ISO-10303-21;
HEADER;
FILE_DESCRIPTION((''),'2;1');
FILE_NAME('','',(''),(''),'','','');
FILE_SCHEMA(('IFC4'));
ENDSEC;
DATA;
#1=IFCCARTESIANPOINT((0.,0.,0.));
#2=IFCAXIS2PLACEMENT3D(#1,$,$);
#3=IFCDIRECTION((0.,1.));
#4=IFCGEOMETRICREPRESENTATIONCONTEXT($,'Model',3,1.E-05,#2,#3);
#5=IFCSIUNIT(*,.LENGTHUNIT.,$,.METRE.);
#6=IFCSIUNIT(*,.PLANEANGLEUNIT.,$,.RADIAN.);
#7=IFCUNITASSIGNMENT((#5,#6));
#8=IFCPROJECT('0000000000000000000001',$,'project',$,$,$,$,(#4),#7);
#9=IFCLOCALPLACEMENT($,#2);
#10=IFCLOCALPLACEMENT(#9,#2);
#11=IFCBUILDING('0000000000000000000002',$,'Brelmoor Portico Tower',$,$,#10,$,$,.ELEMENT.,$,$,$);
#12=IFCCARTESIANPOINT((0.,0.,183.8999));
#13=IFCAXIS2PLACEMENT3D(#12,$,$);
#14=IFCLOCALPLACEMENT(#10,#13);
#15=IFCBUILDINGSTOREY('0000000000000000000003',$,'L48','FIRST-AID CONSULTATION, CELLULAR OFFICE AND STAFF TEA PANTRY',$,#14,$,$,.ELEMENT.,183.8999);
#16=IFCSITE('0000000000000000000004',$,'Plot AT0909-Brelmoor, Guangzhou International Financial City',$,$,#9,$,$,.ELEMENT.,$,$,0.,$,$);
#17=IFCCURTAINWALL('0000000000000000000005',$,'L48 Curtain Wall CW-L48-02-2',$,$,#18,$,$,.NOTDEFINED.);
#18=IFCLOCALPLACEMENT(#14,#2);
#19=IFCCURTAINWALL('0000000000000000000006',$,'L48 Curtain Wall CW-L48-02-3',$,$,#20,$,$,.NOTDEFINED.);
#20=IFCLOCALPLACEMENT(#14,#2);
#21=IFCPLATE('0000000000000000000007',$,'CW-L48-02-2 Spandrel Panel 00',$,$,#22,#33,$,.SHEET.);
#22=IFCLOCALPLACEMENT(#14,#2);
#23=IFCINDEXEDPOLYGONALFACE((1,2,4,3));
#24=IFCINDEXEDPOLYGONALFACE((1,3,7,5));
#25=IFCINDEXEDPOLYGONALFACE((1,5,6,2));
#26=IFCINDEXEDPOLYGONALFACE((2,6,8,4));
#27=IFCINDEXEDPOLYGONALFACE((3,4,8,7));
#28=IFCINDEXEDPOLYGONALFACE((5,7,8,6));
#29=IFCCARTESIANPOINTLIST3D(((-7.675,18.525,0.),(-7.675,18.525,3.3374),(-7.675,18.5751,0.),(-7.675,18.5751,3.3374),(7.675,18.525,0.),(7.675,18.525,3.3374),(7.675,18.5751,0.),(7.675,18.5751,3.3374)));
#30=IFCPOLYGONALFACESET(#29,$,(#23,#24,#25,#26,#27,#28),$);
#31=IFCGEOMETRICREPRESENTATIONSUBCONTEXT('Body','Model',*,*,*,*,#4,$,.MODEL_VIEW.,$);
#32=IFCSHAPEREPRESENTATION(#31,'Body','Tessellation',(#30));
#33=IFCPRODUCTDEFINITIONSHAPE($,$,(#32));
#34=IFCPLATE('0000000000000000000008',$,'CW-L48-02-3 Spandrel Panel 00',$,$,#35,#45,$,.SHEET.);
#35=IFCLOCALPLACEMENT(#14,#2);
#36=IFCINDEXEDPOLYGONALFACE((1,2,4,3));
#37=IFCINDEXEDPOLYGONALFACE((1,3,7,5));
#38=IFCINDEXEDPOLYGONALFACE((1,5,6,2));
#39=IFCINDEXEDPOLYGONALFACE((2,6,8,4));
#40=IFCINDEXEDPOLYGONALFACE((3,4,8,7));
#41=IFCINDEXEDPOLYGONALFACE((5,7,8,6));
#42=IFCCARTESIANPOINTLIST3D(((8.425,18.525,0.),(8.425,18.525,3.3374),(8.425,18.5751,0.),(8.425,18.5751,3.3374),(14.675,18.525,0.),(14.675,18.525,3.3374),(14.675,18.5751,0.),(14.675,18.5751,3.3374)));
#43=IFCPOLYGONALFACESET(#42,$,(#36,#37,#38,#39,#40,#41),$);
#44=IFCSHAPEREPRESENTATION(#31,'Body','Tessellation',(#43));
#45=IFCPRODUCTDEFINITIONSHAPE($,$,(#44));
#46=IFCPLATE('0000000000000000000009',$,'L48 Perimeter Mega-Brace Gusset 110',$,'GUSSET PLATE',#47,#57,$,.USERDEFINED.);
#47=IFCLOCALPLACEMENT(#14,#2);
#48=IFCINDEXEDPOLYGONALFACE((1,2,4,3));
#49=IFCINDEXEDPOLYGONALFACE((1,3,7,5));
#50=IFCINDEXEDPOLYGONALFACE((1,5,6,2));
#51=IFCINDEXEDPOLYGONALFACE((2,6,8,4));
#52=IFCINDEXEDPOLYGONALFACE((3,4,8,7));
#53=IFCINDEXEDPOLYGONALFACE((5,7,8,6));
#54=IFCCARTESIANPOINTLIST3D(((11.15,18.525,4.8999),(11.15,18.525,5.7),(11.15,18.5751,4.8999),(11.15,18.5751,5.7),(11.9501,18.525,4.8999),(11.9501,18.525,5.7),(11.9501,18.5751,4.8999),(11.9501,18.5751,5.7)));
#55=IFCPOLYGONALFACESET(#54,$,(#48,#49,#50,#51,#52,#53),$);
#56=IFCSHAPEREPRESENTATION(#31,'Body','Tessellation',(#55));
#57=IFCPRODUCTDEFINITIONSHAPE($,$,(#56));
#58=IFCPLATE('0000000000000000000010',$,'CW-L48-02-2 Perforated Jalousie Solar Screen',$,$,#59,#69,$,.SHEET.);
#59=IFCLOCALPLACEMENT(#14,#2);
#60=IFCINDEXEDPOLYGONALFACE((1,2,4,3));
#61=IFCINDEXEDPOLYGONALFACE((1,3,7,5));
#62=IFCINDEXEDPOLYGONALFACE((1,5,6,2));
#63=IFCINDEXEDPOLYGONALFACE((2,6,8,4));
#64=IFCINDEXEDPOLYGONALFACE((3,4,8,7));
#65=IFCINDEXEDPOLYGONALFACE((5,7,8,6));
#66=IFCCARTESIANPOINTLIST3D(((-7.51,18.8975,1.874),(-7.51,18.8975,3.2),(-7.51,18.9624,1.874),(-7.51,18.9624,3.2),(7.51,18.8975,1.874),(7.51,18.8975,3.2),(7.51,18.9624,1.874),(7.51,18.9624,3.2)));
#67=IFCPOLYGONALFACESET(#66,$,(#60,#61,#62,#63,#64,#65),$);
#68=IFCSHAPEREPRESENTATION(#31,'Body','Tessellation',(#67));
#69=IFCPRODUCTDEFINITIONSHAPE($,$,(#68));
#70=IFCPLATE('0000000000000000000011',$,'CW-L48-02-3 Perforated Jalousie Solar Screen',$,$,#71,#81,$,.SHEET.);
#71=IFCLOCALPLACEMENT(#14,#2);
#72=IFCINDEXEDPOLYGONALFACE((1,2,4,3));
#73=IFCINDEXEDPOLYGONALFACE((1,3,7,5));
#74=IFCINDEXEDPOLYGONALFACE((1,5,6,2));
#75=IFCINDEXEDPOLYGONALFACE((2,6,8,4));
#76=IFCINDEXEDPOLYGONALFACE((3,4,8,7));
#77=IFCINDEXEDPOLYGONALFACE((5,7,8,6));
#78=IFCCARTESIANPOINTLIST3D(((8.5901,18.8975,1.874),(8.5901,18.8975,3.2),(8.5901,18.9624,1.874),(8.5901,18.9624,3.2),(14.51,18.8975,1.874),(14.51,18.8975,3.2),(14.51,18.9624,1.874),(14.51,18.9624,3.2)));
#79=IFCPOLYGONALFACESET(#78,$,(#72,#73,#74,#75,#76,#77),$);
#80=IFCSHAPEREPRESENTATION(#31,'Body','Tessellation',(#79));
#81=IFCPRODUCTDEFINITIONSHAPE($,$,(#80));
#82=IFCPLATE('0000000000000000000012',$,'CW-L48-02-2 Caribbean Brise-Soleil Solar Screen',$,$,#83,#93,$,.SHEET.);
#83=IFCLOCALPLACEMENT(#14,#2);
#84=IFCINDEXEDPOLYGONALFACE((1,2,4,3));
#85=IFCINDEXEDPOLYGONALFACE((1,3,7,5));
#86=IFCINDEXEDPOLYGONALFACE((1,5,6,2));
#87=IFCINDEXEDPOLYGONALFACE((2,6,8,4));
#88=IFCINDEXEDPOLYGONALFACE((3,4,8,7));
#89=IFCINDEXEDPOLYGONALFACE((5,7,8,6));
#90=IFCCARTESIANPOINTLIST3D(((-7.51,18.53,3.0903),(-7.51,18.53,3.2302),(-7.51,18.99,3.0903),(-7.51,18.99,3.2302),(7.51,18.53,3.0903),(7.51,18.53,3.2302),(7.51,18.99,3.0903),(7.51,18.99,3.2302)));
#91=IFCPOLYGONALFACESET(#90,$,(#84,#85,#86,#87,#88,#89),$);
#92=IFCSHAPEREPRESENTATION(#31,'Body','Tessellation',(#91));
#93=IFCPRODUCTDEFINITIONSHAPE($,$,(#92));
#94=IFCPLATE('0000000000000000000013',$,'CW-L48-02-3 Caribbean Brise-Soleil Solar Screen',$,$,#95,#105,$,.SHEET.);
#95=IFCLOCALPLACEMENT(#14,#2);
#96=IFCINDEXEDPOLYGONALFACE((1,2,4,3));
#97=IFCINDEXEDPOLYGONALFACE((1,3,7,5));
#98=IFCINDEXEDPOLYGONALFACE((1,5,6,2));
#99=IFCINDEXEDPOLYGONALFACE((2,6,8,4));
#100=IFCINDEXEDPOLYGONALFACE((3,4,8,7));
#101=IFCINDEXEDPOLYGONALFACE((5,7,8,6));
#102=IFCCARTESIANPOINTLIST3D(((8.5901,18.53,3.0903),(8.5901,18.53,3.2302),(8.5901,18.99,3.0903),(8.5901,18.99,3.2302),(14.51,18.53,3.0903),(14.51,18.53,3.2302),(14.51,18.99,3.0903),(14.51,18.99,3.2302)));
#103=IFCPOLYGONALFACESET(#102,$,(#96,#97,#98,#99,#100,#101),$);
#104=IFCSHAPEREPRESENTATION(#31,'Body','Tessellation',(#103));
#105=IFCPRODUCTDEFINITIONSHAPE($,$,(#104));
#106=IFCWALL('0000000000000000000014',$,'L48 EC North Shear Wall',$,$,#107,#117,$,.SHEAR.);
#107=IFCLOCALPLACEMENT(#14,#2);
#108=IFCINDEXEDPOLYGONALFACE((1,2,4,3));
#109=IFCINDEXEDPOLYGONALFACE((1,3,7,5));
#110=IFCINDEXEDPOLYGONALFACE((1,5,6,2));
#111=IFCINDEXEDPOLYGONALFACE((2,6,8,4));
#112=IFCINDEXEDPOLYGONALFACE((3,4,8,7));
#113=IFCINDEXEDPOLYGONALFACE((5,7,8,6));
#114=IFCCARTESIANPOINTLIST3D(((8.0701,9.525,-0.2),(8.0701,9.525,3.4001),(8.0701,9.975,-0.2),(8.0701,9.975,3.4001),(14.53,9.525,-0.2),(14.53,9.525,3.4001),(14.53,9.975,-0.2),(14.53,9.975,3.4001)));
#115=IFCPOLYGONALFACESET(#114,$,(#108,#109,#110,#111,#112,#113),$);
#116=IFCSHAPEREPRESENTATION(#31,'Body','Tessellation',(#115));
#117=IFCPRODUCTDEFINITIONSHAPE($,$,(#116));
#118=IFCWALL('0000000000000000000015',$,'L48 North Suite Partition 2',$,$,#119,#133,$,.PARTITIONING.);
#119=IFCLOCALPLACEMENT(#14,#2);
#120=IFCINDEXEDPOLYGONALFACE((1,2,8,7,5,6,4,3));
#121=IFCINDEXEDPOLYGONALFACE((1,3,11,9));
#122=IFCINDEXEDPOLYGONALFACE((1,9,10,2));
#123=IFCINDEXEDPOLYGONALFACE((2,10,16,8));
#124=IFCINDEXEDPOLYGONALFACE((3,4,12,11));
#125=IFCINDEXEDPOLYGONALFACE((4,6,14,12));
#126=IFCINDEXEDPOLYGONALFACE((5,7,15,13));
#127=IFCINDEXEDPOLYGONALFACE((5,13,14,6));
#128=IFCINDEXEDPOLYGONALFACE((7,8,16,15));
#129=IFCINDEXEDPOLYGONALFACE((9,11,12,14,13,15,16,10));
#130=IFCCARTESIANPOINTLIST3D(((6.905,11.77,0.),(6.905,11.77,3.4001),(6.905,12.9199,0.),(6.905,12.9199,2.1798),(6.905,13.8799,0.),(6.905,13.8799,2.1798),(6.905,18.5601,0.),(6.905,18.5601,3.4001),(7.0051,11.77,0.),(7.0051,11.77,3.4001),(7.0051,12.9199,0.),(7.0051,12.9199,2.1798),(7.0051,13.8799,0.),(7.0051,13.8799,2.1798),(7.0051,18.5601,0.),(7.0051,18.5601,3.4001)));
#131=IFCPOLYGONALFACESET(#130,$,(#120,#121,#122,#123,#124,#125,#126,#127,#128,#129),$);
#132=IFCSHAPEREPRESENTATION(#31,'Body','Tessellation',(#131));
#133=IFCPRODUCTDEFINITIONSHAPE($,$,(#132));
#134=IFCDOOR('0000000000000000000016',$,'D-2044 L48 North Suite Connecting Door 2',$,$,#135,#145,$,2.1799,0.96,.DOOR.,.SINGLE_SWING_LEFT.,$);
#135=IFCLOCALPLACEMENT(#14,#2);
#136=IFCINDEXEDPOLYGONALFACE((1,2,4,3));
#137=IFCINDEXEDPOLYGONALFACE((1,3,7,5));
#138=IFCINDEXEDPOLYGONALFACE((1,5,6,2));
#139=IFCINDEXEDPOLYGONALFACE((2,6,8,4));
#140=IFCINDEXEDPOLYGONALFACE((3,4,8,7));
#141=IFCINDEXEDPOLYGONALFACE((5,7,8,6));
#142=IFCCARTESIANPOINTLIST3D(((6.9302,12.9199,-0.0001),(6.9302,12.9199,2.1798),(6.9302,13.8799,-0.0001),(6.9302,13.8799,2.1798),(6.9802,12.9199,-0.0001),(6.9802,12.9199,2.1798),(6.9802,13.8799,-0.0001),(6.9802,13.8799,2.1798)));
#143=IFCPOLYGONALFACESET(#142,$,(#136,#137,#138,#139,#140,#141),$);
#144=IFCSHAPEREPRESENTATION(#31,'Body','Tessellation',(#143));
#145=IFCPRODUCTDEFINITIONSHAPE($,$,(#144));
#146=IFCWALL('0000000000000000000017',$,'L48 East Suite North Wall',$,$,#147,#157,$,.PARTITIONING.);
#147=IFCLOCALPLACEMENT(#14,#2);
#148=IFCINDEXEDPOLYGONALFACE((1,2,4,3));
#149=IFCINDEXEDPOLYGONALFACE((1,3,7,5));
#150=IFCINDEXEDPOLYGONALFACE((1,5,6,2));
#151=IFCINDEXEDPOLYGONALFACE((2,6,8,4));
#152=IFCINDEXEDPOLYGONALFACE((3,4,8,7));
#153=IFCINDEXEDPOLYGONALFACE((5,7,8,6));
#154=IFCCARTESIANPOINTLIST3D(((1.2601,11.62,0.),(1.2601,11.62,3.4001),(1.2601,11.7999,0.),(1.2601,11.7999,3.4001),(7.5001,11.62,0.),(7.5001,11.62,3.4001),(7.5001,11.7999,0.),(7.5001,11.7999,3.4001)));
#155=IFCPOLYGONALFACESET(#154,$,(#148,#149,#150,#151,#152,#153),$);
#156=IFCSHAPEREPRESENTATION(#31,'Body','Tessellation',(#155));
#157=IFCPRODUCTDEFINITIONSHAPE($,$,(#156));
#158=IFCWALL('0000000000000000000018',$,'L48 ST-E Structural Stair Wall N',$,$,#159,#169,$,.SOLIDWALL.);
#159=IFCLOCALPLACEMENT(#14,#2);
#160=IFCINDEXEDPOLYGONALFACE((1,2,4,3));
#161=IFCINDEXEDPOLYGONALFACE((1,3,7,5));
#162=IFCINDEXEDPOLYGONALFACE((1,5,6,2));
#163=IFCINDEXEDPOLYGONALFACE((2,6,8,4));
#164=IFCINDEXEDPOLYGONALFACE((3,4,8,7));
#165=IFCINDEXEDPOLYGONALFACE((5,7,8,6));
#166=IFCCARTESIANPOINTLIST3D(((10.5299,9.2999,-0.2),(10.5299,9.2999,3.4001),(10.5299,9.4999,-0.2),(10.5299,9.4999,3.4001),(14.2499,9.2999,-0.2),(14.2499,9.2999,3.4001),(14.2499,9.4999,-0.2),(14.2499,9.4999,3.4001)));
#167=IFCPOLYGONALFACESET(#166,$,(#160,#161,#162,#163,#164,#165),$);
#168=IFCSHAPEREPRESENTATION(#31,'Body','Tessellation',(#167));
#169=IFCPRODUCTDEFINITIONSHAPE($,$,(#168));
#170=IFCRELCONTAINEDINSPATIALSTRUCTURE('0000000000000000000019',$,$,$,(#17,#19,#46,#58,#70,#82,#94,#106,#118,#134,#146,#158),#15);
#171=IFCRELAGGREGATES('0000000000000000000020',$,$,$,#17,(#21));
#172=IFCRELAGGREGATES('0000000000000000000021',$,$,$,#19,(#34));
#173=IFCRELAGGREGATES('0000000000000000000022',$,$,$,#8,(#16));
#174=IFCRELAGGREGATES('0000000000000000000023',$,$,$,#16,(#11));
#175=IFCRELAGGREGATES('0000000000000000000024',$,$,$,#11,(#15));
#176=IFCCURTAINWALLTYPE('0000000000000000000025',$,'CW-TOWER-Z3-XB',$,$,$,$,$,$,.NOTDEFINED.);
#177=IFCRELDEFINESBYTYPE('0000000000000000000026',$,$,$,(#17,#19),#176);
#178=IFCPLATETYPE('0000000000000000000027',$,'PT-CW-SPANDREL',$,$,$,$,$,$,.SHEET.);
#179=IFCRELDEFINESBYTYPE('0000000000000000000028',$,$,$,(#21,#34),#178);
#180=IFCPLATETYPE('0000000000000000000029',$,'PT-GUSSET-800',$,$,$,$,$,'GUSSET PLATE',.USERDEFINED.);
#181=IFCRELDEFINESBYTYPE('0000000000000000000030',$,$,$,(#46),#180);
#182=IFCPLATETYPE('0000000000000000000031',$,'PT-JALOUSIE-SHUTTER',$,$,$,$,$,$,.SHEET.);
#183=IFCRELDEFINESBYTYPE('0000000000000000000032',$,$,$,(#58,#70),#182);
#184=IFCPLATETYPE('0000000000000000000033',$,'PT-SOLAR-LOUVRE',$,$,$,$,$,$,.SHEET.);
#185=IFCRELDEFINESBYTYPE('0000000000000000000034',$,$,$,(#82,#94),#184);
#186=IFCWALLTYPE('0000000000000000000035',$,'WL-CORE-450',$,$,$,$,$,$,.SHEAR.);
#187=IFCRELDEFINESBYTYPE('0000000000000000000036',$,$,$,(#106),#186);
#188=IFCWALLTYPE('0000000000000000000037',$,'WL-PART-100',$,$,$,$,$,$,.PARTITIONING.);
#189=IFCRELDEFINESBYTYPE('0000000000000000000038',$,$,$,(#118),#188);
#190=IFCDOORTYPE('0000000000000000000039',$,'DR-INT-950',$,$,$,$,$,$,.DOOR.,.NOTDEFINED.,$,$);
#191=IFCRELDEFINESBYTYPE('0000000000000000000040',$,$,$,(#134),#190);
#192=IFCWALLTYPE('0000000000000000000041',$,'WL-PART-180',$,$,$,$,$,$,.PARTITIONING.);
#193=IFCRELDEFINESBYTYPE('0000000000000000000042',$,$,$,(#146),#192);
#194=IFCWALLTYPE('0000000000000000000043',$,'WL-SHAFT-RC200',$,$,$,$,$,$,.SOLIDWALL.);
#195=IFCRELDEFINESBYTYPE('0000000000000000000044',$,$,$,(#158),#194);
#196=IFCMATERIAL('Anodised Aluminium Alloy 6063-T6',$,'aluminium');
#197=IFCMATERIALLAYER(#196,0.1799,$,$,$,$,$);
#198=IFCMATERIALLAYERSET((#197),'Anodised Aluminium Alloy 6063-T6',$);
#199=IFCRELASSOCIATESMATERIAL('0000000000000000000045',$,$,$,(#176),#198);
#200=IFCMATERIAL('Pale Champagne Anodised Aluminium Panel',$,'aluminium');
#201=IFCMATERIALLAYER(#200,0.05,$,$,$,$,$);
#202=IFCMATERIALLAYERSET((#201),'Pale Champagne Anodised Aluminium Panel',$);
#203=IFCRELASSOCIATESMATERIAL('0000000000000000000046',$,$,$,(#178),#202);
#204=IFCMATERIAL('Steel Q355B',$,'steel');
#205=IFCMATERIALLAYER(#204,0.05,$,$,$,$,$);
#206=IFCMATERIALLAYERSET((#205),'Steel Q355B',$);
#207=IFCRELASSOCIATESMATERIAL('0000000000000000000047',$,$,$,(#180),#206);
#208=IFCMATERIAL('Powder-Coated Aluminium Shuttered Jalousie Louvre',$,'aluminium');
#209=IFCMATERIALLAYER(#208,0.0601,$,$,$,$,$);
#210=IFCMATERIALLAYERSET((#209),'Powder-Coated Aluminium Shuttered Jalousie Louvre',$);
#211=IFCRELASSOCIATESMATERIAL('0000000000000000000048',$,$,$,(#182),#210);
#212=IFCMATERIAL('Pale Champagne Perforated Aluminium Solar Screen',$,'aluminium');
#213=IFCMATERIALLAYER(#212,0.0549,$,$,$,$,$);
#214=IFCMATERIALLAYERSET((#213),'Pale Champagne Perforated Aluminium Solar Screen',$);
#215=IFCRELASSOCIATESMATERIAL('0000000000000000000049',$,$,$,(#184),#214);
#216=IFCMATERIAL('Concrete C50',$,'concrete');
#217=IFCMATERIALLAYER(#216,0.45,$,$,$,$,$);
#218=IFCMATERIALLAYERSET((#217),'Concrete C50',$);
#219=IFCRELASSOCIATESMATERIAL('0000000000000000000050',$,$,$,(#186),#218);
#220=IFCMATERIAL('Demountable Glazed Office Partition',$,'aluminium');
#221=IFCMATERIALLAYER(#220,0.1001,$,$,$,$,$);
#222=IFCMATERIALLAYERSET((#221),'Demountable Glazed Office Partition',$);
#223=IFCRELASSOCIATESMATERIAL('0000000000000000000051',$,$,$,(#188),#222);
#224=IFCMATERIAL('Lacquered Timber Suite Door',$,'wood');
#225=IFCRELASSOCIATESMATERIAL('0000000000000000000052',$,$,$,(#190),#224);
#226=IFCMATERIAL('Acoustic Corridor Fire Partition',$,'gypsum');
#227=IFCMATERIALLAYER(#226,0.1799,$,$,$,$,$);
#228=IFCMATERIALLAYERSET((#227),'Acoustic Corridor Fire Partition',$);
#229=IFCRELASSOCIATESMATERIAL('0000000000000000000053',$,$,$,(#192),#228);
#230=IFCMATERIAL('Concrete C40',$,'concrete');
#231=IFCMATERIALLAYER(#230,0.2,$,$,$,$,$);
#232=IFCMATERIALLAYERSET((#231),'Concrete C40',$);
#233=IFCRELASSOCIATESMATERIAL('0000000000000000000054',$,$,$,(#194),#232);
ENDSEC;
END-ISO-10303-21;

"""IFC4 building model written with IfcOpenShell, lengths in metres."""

from ifc_helpers import new_model, si_unit, direction, frame, frame_2d, origin, origin_2d, place, context, subcontext, project, spatial, rectangle, extrude, material, layer, layer_set, type_object, element, fill, aggregate, save


model = new_model("IFC4")

# Units and contexts
model_context = context("Model", 3, precision=1e-05, world=origin(), true_north=direction((0.0, 1.0)))
body_context = subcontext(model_context, "Body", "Model", "MODEL_VIEW")
ifc_project = project(units=[si_unit("LENGTHUNIT", "METRE"), si_unit("PLANEANGLEUNIT", "RADIAN")], contexts=[model_context])

# Site, building, storey
site_placement = place(None, origin())
site = spatial("IfcSite", under=ifc_project, at=site_placement, Name="Plot AT0909-Brelmoor, Guangzhou International Financial City", CompositionType="ELEMENT", RefElevation=0.0)
building_placement = place(site_placement, origin())
building = spatial("IfcBuilding", under=site, at=building_placement, Name="Brelmoor Portico Tower", CompositionType="ELEMENT")
storey_placement = place(building_placement, frame((0.0, 0.0, 183.8999)))
storey = spatial("IfcBuildingStorey", under=building, at=storey_placement, Name="L48", Description="FIRST-AID CONSULTATION, CELLULAR OFFICE AND STAFF TEA PANTRY", CompositionType="ELEMENT", Elevation=183.8999)

# Shared definitions
ifc_material_1 = material(Name="Steel Q355B", Category="steel")

# Curtain wall
ifc_material_2 = material(Name="Anodised Aluminium Alloy 6063-T6", Category="aluminium")
ifc_layer_1 = layer(ifc_material_2, 0.1799)
ifc_layer_set_1 = layer_set([ifc_layer_1], Name="Anodised Aluminium Alloy 6063-T6")
curtain_wall_type = type_object("IfcCurtainWallType", Name="CW-TOWER-Z3-XB", PredefinedType="NOTDEFINED", material=ifc_layer_set_1)
curtain_wall_1_placement = place(storey_placement, origin())
curtain_wall_1 = element("IfcCurtainWall", 1, at=curtain_wall_1_placement, inside=storey, type_object=curtain_wall_type, Name="L48 Curtain Wall CW-L48-02-2", PredefinedType="NOTDEFINED")

# Curtain wall
curtain_wall_2_placement = place(storey_placement, origin())
curtain_wall_2 = element("IfcCurtainWall", 2, at=curtain_wall_2_placement, inside=storey, type_object=curtain_wall_type, Name="L48 Curtain Wall CW-L48-02-3", PredefinedType="NOTDEFINED")

# Plates
ifc_material_3 = material(Name="Pale Champagne Anodised Aluminium Panel", Category="aluminium")
ifc_layer_2 = layer(ifc_material_3, 0.05)
ifc_layer_set_2 = layer_set([ifc_layer_2], Name="Pale Champagne Anodised Aluminium Panel")
plate_type_1 = type_object("IfcPlateType", Name="PT-CW-SPANDREL", PredefinedType="SHEET", material=ifc_layer_set_2)
plate_1_placement = place(storey_placement, frame((0.0, 18.55, 0.0), z_axis=(0.0, 0.0, 1.0), x_axis=(1.0, 0.0, 0.0)))
plate_1 = element("IfcPlate", 3, at=plate_1_placement, type_object=plate_type_1, Name="CW-L48-02-2 Spandrel Panel 00", PredefinedType="SHEET", context=body_context, shape_type="SweptSolid", body=[
    extrude(rectangle(XDim=15.3501, YDim=0.05, at=origin_2d()), origin(), (0.0, 0.0, 1.0), 3.3374),
])
aggregate(curtain_wall_1, [plate_1])
plate_2_placement = place(storey_placement, frame((11.55, 18.55, 0.0), z_axis=(0.0, 0.0, 1.0), x_axis=(1.0, 0.0, 0.0)))
plate_2 = element("IfcPlate", 4, at=plate_2_placement, type_object=plate_type_1, Name="CW-L48-02-3 Spandrel Panel 00", PredefinedType="SHEET", context=body_context, shape_type="SweptSolid", body=[
    extrude(rectangle(XDim=6.25, YDim=0.05, at=origin_2d()), origin(), (0.0, 0.0, 1.0), 3.3374),
])
aggregate(curtain_wall_2, [plate_2])

# Plates
ifc_layer_3 = layer(ifc_material_1, 0.05)
ifc_layer_set_3 = layer_set([ifc_layer_3], Name="Steel Q355B")
plate_type_2 = type_object("IfcPlateType", Name="PT-GUSSET-800", ElementType="GUSSET PLATE", PredefinedType="USERDEFINED", material=ifc_layer_set_3)
plate_3_placement = place(storey_placement, frame((11.55, 18.55, 4.8999), z_axis=(0.0, 0.0, 1.0), x_axis=(1.0, 0.0, 0.0)))
element("IfcPlate", 5, at=plate_3_placement, inside=storey, type_object=plate_type_2, Name="L48 Perimeter Mega-Brace Gusset 110", ObjectType="GUSSET PLATE", PredefinedType="USERDEFINED", context=body_context, shape_type="SweptSolid", body=[
    extrude(rectangle(XDim=0.8, YDim=0.05, at=origin_2d()), origin(), (0.0, 0.0, 1.0), 0.8),
])
ifc_material_4 = material(Name="Powder-Coated Aluminium Shuttered Jalousie Louvre", Category="aluminium")
ifc_layer_4 = layer(ifc_material_4, 0.0601)
ifc_layer_set_4 = layer_set([ifc_layer_4], Name="Powder-Coated Aluminium Shuttered Jalousie Louvre")
plate_type_3 = type_object("IfcPlateType", Name="PT-JALOUSIE-SHUTTER", PredefinedType="SHEET", material=ifc_layer_set_4)
plate_4_placement = place(storey_placement, frame((0.0, 18.9299, 1.874), z_axis=(0.0, 0.0, 1.0), x_axis=(1.0, 0.0, 0.0)))
element("IfcPlate", 6, at=plate_4_placement, inside=storey, type_object=plate_type_3, Name="CW-L48-02-2 Perforated Jalousie Solar Screen", PredefinedType="SHEET", context=body_context, shape_type="SweptSolid", body=[
    extrude(rectangle(XDim=15.02, YDim=0.0649, at=origin_2d()), origin(), (0.0, 0.0, 1.0), 1.3259),
])
plate_5_placement = place(storey_placement, frame((11.55, 18.9299, 1.874), z_axis=(0.0, 0.0, 1.0), x_axis=(1.0, 0.0, 0.0)))
element("IfcPlate", 7, at=plate_5_placement, inside=storey, type_object=plate_type_3, Name="CW-L48-02-3 Perforated Jalousie Solar Screen", PredefinedType="SHEET", context=body_context, shape_type="SweptSolid", body=[
    extrude(rectangle(XDim=5.9199, YDim=0.0649, at=origin_2d()), origin(), (0.0, 0.0, 1.0), 1.3259),
])
ifc_material_5 = material(Name="Pale Champagne Perforated Aluminium Solar Screen", Category="aluminium")
ifc_layer_5 = layer(ifc_material_5, 0.0549)
ifc_layer_set_5 = layer_set([ifc_layer_5], Name="Pale Champagne Perforated Aluminium Solar Screen")
plate_type_4 = type_object("IfcPlateType", Name="PT-SOLAR-LOUVRE", PredefinedType="SHEET", material=ifc_layer_set_5)
plate_6_placement = place(storey_placement, frame((0.0, 18.76, 3.0903), z_axis=(0.0, 0.0, 1.0), x_axis=(1.0, 0.0, 0.0)))
element("IfcPlate", 8, at=plate_6_placement, inside=storey, type_object=plate_type_4, Name="CW-L48-02-2 Caribbean Brise-Soleil Solar Screen", PredefinedType="SHEET", context=body_context, shape_type="SweptSolid", body=[
    extrude(rectangle(XDim=15.02, YDim=0.46, at=origin_2d()), origin(), (0.0, 0.0, 1.0), 0.1399),
])
plate_7_placement = place(storey_placement, frame((11.55, 18.76, 3.0903), z_axis=(0.0, 0.0, 1.0), x_axis=(1.0, 0.0, 0.0)))
element("IfcPlate", 9, at=plate_7_placement, inside=storey, type_object=plate_type_4, Name="CW-L48-02-3 Caribbean Brise-Soleil Solar Screen", PredefinedType="SHEET", context=body_context, shape_type="SweptSolid", body=[
    extrude(rectangle(XDim=5.9199, YDim=0.46, at=origin_2d()), origin(), (0.0, 0.0, 1.0), 0.1399),
])

# Wall
ifc_material_6 = material(Name="Concrete C50", Category="concrete")
ifc_layer_6 = layer(ifc_material_6, 0.45)
ifc_layer_set_6 = layer_set([ifc_layer_6], Name="Concrete C50")
wall_type_1 = type_object("IfcWallType", Name="WL-CORE-450", PredefinedType="SHEAR", material=ifc_layer_set_6)
wall_1_placement = place(storey_placement, frame((8.0701, 9.75, -0.2), z_axis=(0.0, 0.0, 1.0), x_axis=(1.0, 0.0, 0.0)))
element("IfcWall", 10, at=wall_1_placement, inside=storey, type_object=wall_type_1, Name="L48 EC North Shear Wall", PredefinedType="SHEAR", context=body_context, shape_type="SweptSolid", body=[
    extrude(rectangle(XDim=6.46, YDim=0.45, at=frame_2d((3.23, 0.0))), origin(), (0.0, 0.0, 1.0), 3.6001),
])

# Wall, opening, door
ifc_material_7 = material(Name="Demountable Glazed Office Partition", Category="aluminium")
ifc_layer_7 = layer(ifc_material_7, 0.1001)
ifc_layer_set_7 = layer_set([ifc_layer_7], Name="Demountable Glazed Office Partition")
wall_type_2 = type_object("IfcWallType", Name="WL-PART-100", PredefinedType="PARTITIONING", material=ifc_layer_set_7)
wall_2_placement = place(storey_placement, frame((6.9551, 11.77, 0.0), z_axis=(0.0, 0.0, 1.0), x_axis=(0.0, 1.0, 0.0)))
wall_2 = element("IfcWall", 11, at=wall_2_placement, inside=storey, type_object=wall_type_2, Name="L48 North Suite Partition 2", PredefinedType="PARTITIONING", context=body_context, shape_type="SweptSolid", body=[
    extrude(rectangle(XDim=6.79, YDim=0.1001, at=frame_2d((3.395, 0.0))), origin(), (0.0, 0.0, 1.0), 3.4001),
])
opening_placement = place(wall_2_placement, frame((1.1499, 0.0, 0.0)))
opening = element("IfcOpeningElement", 12, at=opening_placement, cuts=wall_2, PredefinedType="OPENING", context=body_context, shape_type="SweptSolid", body=[
    extrude(rectangle(XDim=0.96, YDim=2.1799, at=frame_2d((0.48, 1.0898))), frame((0.0, 0.0601, 0.0), z_axis=(0.0, -1.0, 0.0), x_axis=(1.0, 0.0, 0.0)), (0.0, 0.0, 1.0), 0.1201),
])
ifc_material_8 = material(Name="Lacquered Timber Suite Door", Category="wood")
door_type = type_object("IfcDoorType", Name="DR-INT-950", OperationType="NOTDEFINED", PredefinedType="DOOR", material=ifc_material_8)
door_placement = place(opening_placement, origin())
door = element("IfcDoor", 13, at=door_placement, inside=storey, type_object=door_type, Name="D-2044 L48 North Suite Connecting Door 2", OperationType="SINGLE_SWING_LEFT", OverallHeight=2.1799, OverallWidth=0.96, PredefinedType="DOOR", context=body_context, shape_type="SweptSolid", body=[
    extrude(rectangle(XDim=0.96, YDim=2.1799, at=frame_2d((0.48, 1.0898))), frame((0.0, 0.0249, 0.0), z_axis=(0.0, -1.0, 0.0), x_axis=(1.0, 0.0, 0.0)), (0.0, 0.0, 1.0), 0.05),
])
fill(opening, door)

# Walls
ifc_material_9 = material(Name="Acoustic Corridor Fire Partition", Category="gypsum")
ifc_layer_8 = layer(ifc_material_9, 0.1799)
ifc_layer_set_8 = layer_set([ifc_layer_8], Name="Acoustic Corridor Fire Partition")
wall_type_3 = type_object("IfcWallType", Name="WL-PART-180", PredefinedType="PARTITIONING", material=ifc_layer_set_8)
wall_3_placement = place(storey_placement, frame((1.26, 11.71, 0.0), z_axis=(0.0, 0.0, 1.0), x_axis=(1.0, 0.0, 0.0)))
element("IfcWall", 14, at=wall_3_placement, inside=storey, type_object=wall_type_3, Name="L48 East Suite North Wall", PredefinedType="PARTITIONING", context=body_context, shape_type="SweptSolid", body=[
    extrude(rectangle(XDim=6.24, YDim=0.1799, at=frame_2d((3.1201, 0.0))), origin(), (0.0, 0.0, 1.0), 3.4001),
])
ifc_material_10 = material(Name="Concrete C40", Category="concrete")
ifc_layer_9 = layer(ifc_material_10, 0.2)
ifc_layer_set_9 = layer_set([ifc_layer_9], Name="Concrete C40")
wall_type_4 = type_object("IfcWallType", Name="WL-SHAFT-RC200", PredefinedType="SOLIDWALL", material=ifc_layer_set_9)
wall_4_placement = place(storey_placement, frame((10.53, 9.3999, -0.2), z_axis=(0.0, 0.0, 1.0), x_axis=(1.0, 0.0, 0.0)))
element("IfcWall", 15, at=wall_4_placement, inside=storey, type_object=wall_type_4, Name="L48 ST-E Structural Stair Wall N", PredefinedType="SOLIDWALL", context=body_context, shape_type="SweptSolid", body=[
    extrude(rectangle(XDim=3.72, YDim=0.2, at=frame_2d((1.8599, 0.0))), origin(), (0.0, 0.0, 1.0), 3.6001),
])

save(model, "model.ifc")
